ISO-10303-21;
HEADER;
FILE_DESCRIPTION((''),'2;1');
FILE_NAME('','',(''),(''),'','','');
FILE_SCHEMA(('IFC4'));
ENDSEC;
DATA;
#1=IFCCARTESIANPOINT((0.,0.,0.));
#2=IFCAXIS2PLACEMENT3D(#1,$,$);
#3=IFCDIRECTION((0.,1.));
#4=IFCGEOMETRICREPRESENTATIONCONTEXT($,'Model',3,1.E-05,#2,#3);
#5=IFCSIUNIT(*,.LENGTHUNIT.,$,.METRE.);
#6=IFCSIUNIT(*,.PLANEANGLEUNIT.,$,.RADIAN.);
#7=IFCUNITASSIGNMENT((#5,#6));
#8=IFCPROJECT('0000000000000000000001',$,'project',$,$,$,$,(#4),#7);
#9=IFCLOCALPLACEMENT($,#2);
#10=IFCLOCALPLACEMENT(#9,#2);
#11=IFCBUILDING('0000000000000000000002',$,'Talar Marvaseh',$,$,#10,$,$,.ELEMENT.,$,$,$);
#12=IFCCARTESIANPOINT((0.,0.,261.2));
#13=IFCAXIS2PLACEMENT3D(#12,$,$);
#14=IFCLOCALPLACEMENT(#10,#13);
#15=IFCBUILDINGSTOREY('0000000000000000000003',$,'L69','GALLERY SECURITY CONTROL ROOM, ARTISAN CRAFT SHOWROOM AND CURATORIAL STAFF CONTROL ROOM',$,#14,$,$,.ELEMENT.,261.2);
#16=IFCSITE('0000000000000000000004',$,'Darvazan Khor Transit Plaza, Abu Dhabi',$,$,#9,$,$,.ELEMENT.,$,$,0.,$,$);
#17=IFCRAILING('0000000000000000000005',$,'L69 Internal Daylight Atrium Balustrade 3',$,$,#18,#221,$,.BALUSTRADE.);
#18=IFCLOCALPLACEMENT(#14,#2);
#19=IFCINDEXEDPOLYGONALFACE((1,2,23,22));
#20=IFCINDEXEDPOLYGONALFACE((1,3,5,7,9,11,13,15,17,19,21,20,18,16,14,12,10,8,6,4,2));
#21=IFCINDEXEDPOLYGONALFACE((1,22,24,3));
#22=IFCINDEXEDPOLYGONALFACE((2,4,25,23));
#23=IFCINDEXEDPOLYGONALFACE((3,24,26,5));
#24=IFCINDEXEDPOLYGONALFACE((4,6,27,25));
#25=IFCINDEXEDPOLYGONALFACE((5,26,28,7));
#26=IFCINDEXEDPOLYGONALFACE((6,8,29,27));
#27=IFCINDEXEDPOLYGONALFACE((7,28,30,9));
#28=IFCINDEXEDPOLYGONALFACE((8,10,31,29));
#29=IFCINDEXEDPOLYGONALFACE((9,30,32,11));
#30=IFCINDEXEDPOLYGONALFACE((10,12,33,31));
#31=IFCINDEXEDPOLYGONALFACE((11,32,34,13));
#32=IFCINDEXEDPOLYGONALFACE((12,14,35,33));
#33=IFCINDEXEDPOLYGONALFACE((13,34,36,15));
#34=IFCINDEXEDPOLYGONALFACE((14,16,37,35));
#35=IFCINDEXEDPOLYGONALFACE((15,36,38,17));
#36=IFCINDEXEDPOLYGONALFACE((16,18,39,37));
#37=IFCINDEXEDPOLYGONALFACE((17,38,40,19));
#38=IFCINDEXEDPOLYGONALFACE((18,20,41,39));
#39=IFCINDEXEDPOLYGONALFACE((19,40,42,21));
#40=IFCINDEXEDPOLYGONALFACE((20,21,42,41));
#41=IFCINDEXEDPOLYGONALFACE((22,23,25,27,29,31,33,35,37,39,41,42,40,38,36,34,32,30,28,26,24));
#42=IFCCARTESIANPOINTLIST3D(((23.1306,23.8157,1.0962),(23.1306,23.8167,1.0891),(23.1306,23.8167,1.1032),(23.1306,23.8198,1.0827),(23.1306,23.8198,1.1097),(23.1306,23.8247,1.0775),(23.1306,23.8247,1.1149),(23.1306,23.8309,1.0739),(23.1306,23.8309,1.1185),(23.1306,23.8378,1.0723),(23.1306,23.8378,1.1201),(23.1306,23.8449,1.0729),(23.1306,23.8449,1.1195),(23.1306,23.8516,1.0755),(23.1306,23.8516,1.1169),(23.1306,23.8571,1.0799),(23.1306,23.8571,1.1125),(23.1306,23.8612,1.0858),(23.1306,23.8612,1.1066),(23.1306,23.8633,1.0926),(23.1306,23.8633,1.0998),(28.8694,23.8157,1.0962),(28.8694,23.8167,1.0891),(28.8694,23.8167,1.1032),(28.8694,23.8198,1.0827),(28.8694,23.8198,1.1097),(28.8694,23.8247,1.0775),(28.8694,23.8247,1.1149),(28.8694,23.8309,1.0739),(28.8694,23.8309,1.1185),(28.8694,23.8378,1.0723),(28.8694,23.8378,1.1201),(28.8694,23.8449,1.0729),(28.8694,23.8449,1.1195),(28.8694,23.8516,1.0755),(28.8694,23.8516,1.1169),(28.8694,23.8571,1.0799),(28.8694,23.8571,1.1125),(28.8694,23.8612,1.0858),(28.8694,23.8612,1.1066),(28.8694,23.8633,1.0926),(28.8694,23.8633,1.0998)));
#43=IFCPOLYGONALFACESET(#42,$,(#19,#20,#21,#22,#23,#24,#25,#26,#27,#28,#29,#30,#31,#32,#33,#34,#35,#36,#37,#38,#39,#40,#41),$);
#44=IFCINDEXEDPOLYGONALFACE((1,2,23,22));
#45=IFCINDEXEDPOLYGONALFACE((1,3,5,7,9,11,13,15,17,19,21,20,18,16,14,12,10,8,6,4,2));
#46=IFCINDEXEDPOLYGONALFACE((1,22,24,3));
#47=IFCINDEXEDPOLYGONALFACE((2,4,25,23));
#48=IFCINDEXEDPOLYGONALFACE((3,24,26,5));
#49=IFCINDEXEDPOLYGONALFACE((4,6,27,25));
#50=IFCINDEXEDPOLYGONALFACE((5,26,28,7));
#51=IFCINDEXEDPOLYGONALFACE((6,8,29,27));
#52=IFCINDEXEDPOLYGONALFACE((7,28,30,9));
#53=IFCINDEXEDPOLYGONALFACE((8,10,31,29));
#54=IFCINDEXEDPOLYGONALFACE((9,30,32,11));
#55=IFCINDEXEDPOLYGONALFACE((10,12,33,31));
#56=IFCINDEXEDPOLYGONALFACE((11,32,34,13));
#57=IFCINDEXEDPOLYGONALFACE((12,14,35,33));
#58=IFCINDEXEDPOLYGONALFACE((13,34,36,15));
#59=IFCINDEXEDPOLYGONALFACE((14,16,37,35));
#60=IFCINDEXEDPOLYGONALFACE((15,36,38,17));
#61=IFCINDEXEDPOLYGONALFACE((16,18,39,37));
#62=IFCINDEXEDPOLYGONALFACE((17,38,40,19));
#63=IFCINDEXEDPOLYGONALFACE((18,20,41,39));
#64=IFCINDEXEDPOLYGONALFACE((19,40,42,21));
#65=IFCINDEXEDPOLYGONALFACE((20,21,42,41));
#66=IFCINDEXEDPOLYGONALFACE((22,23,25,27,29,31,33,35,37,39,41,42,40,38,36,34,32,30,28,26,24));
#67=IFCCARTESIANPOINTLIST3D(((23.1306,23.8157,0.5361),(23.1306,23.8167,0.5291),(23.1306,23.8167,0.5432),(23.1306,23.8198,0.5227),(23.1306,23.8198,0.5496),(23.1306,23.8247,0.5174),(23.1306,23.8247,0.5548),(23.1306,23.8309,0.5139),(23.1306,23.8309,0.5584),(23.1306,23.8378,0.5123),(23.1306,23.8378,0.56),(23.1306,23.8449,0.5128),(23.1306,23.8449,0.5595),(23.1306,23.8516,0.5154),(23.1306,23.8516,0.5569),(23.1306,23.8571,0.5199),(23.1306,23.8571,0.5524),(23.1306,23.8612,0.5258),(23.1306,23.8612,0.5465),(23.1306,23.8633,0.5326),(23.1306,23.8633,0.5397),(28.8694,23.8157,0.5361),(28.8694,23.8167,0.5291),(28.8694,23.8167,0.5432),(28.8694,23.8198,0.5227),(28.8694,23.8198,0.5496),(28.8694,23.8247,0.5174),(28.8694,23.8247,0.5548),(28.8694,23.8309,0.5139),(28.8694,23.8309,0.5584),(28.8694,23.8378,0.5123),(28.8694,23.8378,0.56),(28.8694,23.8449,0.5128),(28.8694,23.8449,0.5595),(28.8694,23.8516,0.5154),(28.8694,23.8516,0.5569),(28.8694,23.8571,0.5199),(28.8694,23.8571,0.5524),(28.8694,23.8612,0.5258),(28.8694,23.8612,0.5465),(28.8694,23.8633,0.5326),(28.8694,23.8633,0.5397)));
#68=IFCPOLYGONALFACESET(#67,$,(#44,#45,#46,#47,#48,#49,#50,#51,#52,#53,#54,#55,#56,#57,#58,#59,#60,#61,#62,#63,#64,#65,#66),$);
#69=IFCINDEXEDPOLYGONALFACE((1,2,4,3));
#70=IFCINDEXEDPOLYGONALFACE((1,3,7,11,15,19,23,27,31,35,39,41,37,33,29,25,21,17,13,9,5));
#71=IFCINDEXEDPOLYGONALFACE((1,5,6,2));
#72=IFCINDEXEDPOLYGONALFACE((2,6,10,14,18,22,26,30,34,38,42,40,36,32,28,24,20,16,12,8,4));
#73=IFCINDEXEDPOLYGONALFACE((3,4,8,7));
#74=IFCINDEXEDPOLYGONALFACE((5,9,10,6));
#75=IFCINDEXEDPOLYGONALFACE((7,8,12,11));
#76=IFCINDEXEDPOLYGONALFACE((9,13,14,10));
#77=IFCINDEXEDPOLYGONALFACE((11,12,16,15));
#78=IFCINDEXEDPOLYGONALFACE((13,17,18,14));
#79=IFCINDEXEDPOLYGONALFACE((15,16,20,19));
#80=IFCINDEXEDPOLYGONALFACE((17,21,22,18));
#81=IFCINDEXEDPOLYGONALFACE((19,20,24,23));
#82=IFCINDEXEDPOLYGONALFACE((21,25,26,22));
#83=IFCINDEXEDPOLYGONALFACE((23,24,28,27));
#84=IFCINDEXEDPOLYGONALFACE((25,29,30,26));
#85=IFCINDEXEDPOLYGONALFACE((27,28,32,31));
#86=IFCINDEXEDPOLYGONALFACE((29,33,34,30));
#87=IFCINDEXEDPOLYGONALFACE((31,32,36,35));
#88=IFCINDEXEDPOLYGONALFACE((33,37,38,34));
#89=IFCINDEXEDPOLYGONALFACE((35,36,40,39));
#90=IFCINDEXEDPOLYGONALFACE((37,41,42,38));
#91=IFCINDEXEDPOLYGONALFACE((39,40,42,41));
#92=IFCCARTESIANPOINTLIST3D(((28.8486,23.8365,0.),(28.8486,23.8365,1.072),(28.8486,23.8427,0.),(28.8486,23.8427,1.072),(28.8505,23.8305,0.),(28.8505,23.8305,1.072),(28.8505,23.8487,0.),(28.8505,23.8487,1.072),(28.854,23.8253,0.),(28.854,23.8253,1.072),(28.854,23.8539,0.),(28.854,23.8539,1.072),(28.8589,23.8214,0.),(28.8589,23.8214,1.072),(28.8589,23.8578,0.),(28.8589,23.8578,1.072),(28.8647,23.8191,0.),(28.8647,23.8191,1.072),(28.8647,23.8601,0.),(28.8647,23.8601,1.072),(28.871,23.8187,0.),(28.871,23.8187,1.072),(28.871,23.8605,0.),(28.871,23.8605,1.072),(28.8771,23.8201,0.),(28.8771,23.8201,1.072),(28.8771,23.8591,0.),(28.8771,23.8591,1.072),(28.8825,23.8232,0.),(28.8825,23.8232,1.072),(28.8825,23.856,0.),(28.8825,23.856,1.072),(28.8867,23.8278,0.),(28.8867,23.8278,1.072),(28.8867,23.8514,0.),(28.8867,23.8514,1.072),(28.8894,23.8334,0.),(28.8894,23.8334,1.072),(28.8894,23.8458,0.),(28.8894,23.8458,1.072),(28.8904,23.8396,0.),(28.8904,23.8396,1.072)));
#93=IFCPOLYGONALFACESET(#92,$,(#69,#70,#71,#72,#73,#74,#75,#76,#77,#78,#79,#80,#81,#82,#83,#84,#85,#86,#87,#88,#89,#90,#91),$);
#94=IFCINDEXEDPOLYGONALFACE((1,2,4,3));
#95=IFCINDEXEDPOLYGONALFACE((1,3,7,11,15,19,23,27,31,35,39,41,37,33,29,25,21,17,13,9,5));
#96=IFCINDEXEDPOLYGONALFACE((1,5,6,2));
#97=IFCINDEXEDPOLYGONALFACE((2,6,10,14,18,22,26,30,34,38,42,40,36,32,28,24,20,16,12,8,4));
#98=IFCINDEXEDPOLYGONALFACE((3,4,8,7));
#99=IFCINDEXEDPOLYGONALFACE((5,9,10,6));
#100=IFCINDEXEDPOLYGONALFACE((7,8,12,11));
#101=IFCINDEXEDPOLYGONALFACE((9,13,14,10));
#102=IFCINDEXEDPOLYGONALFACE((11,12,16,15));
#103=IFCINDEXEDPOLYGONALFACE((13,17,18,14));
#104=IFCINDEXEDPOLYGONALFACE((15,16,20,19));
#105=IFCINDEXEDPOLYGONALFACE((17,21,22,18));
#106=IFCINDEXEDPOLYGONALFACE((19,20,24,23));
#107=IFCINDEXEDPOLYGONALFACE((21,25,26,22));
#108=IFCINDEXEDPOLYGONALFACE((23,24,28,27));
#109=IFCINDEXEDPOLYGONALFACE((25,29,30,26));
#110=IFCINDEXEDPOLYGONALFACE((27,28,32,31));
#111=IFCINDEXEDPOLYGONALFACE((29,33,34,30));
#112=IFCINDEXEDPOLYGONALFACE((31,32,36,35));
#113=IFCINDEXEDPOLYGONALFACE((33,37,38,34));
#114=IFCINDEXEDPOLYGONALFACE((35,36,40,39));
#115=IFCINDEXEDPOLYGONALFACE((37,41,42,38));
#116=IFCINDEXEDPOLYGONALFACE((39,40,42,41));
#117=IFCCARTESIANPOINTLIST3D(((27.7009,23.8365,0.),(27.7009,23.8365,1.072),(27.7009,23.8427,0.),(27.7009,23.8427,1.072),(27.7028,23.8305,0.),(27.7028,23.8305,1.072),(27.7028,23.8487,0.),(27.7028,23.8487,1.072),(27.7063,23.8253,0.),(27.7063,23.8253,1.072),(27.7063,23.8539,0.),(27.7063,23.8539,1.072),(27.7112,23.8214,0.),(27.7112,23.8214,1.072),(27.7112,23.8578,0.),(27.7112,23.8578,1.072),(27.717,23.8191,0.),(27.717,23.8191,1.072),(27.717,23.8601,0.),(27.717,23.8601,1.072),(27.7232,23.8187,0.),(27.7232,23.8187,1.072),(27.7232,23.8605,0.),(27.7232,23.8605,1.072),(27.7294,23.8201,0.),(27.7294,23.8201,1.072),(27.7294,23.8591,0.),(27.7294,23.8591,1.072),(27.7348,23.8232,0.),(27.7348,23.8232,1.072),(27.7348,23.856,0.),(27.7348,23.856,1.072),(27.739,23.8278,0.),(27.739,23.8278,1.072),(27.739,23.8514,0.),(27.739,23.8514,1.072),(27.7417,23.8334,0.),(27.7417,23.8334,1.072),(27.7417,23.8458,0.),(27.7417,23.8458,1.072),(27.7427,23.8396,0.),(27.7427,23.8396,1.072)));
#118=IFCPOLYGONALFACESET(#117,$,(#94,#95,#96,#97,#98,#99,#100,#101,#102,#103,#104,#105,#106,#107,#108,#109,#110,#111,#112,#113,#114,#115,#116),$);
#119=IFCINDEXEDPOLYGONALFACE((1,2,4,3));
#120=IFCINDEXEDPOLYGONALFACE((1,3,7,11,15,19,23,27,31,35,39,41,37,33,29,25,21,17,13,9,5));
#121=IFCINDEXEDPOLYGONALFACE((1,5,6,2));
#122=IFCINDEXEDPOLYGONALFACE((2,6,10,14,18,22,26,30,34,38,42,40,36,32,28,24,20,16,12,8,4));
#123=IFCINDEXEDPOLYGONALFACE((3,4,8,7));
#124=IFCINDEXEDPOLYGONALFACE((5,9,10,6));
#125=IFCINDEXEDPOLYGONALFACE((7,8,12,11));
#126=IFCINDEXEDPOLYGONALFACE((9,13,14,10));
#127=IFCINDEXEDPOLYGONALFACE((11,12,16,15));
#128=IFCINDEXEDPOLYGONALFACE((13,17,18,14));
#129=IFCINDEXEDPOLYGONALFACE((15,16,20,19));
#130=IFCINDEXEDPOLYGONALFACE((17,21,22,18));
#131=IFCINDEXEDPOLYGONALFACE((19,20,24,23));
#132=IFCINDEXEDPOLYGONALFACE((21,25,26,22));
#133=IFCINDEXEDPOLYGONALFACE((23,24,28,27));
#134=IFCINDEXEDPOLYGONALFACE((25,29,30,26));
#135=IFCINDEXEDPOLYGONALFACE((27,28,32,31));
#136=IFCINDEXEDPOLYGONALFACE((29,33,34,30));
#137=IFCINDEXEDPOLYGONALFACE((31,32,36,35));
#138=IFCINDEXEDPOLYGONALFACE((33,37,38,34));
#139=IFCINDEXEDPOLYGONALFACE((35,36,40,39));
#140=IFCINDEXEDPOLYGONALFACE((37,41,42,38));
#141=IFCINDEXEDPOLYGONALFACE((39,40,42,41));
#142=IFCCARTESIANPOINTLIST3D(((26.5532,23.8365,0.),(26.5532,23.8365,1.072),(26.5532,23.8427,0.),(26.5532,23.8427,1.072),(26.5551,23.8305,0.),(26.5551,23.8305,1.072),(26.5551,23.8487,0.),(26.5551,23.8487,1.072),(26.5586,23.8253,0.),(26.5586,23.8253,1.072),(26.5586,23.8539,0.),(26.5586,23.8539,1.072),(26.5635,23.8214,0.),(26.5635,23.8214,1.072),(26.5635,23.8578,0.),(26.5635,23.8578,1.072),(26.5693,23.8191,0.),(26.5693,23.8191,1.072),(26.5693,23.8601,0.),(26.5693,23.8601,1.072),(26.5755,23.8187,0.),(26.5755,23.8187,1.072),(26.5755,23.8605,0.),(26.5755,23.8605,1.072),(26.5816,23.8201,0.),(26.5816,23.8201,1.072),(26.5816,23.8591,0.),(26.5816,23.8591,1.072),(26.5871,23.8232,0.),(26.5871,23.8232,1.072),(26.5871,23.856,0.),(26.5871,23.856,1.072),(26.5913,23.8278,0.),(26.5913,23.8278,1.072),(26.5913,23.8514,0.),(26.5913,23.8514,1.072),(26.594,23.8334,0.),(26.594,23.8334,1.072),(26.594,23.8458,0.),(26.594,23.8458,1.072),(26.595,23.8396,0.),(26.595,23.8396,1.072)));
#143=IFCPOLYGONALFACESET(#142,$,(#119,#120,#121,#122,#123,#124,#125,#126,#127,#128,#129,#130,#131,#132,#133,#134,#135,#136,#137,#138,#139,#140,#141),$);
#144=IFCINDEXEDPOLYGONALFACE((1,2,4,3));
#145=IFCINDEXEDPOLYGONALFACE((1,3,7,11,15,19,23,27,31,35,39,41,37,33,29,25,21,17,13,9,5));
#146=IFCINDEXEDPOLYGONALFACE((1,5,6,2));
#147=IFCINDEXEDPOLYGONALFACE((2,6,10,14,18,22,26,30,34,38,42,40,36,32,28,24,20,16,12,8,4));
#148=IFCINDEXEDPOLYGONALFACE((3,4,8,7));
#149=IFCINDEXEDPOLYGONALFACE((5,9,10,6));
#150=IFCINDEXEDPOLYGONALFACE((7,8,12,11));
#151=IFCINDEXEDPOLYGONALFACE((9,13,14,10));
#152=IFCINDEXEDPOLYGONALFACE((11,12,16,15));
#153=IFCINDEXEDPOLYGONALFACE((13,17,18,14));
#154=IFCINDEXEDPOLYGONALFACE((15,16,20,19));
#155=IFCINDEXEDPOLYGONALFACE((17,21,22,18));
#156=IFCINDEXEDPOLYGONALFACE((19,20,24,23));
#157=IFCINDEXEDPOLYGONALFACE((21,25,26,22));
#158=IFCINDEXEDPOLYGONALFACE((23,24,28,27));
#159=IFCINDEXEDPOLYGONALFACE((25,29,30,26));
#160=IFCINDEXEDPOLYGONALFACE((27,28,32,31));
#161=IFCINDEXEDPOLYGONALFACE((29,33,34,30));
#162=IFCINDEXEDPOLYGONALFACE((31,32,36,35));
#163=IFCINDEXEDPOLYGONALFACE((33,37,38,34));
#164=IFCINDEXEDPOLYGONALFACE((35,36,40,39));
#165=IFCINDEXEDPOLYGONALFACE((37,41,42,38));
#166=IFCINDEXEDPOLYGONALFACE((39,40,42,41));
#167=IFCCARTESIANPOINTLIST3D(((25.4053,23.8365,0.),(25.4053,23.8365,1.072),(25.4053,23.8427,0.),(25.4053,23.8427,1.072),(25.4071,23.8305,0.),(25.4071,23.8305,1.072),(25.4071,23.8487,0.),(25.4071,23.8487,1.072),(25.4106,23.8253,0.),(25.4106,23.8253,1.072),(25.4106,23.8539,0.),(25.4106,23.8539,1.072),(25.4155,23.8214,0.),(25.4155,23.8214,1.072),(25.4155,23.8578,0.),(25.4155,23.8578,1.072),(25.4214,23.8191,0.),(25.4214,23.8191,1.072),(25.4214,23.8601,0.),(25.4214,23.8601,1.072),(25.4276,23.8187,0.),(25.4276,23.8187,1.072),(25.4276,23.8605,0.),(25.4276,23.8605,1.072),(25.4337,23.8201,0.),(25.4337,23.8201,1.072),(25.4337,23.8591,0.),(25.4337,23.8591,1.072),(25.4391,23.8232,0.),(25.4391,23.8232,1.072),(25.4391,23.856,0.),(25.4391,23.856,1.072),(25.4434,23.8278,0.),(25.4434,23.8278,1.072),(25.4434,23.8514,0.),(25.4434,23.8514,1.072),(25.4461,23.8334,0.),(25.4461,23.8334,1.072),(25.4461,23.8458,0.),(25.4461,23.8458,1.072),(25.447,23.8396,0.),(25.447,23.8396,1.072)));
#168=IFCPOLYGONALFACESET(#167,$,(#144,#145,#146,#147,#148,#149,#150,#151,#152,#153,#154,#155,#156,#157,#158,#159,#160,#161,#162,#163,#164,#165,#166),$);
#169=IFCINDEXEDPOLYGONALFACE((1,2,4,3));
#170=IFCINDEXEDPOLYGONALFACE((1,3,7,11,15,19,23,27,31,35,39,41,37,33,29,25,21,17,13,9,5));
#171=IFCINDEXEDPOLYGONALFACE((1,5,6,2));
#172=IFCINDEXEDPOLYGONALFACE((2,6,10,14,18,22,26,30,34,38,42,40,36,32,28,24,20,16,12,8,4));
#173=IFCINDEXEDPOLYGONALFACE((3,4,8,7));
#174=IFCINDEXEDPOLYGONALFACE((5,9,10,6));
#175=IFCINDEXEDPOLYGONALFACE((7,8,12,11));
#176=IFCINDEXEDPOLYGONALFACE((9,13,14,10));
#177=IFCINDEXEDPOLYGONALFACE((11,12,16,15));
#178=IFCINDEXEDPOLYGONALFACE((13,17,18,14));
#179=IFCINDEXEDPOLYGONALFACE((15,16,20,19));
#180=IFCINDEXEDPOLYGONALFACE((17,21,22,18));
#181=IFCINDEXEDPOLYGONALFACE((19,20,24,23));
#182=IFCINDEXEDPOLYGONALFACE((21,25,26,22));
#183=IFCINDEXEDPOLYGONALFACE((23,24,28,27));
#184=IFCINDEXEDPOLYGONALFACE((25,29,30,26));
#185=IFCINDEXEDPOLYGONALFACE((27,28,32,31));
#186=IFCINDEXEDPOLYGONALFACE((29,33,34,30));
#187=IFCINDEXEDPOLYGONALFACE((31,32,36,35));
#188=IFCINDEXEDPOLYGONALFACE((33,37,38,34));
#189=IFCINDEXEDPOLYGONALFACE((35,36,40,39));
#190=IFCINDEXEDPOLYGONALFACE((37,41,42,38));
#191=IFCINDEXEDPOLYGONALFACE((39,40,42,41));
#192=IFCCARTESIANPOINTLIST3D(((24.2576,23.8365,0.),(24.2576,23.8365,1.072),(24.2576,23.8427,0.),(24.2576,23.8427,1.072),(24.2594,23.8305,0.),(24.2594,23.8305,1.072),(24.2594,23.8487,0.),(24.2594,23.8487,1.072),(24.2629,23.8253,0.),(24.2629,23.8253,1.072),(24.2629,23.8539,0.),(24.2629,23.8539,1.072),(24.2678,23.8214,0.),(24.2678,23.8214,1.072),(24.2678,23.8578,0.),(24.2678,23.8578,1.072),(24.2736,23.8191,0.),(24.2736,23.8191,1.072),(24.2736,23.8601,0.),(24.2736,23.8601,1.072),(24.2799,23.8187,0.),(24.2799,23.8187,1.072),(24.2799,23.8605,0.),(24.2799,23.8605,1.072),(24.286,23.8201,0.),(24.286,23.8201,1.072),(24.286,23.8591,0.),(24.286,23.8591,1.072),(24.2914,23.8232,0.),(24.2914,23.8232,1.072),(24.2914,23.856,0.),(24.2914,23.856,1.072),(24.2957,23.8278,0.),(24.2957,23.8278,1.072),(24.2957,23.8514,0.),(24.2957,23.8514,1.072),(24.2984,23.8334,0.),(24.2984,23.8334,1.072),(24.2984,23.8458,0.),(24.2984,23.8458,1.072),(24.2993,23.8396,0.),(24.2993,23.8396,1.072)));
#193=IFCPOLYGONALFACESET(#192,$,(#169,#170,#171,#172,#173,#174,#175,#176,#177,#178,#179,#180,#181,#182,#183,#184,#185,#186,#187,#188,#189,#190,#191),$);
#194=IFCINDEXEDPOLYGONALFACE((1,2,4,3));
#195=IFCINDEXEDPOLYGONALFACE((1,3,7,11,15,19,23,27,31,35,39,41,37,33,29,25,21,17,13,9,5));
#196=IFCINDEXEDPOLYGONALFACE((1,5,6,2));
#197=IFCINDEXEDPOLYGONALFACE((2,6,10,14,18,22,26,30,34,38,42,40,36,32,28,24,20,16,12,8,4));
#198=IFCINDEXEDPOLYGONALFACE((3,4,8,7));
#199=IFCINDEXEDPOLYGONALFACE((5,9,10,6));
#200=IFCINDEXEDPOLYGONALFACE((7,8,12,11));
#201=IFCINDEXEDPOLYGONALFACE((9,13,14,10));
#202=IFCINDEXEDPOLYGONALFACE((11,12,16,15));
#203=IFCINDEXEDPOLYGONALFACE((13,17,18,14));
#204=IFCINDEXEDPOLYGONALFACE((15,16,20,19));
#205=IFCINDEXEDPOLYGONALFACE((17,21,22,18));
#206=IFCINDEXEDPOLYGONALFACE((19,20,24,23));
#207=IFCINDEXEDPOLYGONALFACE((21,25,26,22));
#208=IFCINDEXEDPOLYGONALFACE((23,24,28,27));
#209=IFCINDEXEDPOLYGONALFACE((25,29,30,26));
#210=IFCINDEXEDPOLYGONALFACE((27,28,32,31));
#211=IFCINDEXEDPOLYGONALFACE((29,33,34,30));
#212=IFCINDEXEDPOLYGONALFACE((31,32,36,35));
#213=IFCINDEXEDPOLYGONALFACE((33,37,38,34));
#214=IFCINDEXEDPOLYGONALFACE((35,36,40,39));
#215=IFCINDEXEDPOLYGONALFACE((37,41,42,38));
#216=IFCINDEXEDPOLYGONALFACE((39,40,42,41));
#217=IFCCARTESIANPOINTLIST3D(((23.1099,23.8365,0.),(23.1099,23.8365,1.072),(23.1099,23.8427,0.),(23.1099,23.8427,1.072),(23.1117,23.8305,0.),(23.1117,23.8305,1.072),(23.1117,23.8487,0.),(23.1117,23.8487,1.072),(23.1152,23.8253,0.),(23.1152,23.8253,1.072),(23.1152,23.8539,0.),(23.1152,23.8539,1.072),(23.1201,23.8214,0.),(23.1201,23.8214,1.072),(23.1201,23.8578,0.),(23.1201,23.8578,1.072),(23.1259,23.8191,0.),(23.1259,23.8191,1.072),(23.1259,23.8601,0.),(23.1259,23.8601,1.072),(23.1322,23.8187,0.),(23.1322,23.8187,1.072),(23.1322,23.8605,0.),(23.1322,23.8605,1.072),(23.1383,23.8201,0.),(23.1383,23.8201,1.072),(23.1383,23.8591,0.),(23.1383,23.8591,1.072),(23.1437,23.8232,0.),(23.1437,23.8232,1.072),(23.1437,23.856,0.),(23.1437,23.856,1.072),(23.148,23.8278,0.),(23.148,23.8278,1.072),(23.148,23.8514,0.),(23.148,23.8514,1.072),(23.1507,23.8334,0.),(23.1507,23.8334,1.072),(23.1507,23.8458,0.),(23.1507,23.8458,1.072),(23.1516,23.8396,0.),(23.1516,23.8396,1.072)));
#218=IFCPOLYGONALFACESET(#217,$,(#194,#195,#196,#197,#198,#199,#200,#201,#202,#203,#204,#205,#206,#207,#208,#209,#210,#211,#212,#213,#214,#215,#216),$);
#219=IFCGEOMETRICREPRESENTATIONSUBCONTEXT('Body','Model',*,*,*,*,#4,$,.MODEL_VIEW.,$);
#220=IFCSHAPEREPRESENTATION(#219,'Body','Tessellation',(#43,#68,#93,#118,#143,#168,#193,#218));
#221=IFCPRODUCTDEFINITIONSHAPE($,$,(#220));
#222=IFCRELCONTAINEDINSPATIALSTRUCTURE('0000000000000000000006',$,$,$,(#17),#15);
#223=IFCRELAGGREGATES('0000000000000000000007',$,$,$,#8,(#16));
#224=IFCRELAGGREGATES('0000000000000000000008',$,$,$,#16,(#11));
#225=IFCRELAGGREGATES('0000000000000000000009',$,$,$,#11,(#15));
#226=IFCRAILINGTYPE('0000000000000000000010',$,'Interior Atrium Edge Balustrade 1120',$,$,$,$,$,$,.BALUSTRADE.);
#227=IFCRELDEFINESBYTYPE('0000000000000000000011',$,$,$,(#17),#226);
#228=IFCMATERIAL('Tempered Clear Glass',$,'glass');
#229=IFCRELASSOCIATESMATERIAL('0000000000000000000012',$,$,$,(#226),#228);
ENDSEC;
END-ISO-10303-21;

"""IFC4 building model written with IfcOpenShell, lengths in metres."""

from ifc_helpers import new_model, si_unit, direction, frame, origin, origin_2d, place, context, subcontext, project, spatial, circle, extrude, material, type_object, element, save


model = new_model("IFC4")

# Units and contexts
model_context = context("Model", 3, precision=1e-05, world=origin(), true_north=direction((0.0, 1.0)))
body_context = subcontext(model_context, "Body", "Model", "MODEL_VIEW")
ifc_project = project(units=[si_unit("LENGTHUNIT", "METRE"), si_unit("PLANEANGLEUNIT", "RADIAN")], contexts=[model_context])

# Site, building, storey
site_placement = place(None, origin())
site = spatial("IfcSite", under=ifc_project, at=site_placement, Name="Darvazan Khor Transit Plaza, Abu Dhabi", CompositionType="ELEMENT", RefElevation=0.0)
building_placement = place(site_placement, origin())
building = spatial("IfcBuilding", under=site, at=building_placement, Name="Talar Marvaseh", CompositionType="ELEMENT")
storey_placement = place(building_placement, frame((0.0, 0.0, 261.2)))
storey = spatial("IfcBuildingStorey", under=building, at=storey_placement, Name="L69", Description="GALLERY SECURITY CONTROL ROOM, ARTISAN CRAFT SHOWROOM AND CURATORIAL STAFF CONTROL ROOM", CompositionType="ELEMENT", Elevation=261.2)

# Railing
ifc_material_1 = material(Name="Tempered Clear Glass", Category="glass")
railing_type = type_object("IfcRailingType", Name="Interior Atrium Edge Balustrade 1120", PredefinedType="BALUSTRADE", material=ifc_material_1)
railing_1_placement = place(storey_placement, frame((28.8694, 23.8396, 0.0)))
element("IfcRailing", 1, at=railing_1_placement, inside=storey, type_object=railing_type, Name="L69 Internal Daylight Atrium Balustrade 3", PredefinedType="BALUSTRADE", context=body_context, shape_type="SweptSolid", body=[
    extrude(circle(Radius=0.0239, at=origin_2d()), frame((0.0, 0.0, 1.0962), z_axis=(-1.0, 0.0, 0.0), x_axis=(0.0, -1.0, 0.0)), (0.0, 0.0, 1.0), 5.7388),
    extrude(circle(Radius=0.0239, at=origin_2d()), frame((0.0, 0.0, 0.5361), z_axis=(-1.0, 0.0, 0.0), x_axis=(0.0, -1.0, 0.0)), (0.0, 0.0, 1.0), 5.7388),
    extrude(circle(Radius=0.021, at=origin_2d()), origin(), (0.0, 0.0, 1.0), 1.072),
    extrude(circle(Radius=0.021, at=origin_2d()), frame((-1.1477, 0.0, 0.0)), (0.0, 0.0, 1.0), 1.072),
    extrude(circle(Radius=0.021, at=origin_2d()), frame((-2.2954, 0.0, 0.0)), (0.0, 0.0, 1.0), 1.072),
    extrude(circle(Radius=0.021, at=origin_2d()), frame((-3.4434, 0.0, 0.0)), (0.0, 0.0, 1.0), 1.072),
    extrude(circle(Radius=0.021, at=origin_2d()), frame((-4.5911, 0.0, 0.0)), (0.0, 0.0, 1.0), 1.072),
    extrude(circle(Radius=0.021, at=origin_2d()), frame((-5.7388, 0.0, 0.0)), (0.0, 0.0, 1.0), 1.072),
])

save(model, "model.ifc")
